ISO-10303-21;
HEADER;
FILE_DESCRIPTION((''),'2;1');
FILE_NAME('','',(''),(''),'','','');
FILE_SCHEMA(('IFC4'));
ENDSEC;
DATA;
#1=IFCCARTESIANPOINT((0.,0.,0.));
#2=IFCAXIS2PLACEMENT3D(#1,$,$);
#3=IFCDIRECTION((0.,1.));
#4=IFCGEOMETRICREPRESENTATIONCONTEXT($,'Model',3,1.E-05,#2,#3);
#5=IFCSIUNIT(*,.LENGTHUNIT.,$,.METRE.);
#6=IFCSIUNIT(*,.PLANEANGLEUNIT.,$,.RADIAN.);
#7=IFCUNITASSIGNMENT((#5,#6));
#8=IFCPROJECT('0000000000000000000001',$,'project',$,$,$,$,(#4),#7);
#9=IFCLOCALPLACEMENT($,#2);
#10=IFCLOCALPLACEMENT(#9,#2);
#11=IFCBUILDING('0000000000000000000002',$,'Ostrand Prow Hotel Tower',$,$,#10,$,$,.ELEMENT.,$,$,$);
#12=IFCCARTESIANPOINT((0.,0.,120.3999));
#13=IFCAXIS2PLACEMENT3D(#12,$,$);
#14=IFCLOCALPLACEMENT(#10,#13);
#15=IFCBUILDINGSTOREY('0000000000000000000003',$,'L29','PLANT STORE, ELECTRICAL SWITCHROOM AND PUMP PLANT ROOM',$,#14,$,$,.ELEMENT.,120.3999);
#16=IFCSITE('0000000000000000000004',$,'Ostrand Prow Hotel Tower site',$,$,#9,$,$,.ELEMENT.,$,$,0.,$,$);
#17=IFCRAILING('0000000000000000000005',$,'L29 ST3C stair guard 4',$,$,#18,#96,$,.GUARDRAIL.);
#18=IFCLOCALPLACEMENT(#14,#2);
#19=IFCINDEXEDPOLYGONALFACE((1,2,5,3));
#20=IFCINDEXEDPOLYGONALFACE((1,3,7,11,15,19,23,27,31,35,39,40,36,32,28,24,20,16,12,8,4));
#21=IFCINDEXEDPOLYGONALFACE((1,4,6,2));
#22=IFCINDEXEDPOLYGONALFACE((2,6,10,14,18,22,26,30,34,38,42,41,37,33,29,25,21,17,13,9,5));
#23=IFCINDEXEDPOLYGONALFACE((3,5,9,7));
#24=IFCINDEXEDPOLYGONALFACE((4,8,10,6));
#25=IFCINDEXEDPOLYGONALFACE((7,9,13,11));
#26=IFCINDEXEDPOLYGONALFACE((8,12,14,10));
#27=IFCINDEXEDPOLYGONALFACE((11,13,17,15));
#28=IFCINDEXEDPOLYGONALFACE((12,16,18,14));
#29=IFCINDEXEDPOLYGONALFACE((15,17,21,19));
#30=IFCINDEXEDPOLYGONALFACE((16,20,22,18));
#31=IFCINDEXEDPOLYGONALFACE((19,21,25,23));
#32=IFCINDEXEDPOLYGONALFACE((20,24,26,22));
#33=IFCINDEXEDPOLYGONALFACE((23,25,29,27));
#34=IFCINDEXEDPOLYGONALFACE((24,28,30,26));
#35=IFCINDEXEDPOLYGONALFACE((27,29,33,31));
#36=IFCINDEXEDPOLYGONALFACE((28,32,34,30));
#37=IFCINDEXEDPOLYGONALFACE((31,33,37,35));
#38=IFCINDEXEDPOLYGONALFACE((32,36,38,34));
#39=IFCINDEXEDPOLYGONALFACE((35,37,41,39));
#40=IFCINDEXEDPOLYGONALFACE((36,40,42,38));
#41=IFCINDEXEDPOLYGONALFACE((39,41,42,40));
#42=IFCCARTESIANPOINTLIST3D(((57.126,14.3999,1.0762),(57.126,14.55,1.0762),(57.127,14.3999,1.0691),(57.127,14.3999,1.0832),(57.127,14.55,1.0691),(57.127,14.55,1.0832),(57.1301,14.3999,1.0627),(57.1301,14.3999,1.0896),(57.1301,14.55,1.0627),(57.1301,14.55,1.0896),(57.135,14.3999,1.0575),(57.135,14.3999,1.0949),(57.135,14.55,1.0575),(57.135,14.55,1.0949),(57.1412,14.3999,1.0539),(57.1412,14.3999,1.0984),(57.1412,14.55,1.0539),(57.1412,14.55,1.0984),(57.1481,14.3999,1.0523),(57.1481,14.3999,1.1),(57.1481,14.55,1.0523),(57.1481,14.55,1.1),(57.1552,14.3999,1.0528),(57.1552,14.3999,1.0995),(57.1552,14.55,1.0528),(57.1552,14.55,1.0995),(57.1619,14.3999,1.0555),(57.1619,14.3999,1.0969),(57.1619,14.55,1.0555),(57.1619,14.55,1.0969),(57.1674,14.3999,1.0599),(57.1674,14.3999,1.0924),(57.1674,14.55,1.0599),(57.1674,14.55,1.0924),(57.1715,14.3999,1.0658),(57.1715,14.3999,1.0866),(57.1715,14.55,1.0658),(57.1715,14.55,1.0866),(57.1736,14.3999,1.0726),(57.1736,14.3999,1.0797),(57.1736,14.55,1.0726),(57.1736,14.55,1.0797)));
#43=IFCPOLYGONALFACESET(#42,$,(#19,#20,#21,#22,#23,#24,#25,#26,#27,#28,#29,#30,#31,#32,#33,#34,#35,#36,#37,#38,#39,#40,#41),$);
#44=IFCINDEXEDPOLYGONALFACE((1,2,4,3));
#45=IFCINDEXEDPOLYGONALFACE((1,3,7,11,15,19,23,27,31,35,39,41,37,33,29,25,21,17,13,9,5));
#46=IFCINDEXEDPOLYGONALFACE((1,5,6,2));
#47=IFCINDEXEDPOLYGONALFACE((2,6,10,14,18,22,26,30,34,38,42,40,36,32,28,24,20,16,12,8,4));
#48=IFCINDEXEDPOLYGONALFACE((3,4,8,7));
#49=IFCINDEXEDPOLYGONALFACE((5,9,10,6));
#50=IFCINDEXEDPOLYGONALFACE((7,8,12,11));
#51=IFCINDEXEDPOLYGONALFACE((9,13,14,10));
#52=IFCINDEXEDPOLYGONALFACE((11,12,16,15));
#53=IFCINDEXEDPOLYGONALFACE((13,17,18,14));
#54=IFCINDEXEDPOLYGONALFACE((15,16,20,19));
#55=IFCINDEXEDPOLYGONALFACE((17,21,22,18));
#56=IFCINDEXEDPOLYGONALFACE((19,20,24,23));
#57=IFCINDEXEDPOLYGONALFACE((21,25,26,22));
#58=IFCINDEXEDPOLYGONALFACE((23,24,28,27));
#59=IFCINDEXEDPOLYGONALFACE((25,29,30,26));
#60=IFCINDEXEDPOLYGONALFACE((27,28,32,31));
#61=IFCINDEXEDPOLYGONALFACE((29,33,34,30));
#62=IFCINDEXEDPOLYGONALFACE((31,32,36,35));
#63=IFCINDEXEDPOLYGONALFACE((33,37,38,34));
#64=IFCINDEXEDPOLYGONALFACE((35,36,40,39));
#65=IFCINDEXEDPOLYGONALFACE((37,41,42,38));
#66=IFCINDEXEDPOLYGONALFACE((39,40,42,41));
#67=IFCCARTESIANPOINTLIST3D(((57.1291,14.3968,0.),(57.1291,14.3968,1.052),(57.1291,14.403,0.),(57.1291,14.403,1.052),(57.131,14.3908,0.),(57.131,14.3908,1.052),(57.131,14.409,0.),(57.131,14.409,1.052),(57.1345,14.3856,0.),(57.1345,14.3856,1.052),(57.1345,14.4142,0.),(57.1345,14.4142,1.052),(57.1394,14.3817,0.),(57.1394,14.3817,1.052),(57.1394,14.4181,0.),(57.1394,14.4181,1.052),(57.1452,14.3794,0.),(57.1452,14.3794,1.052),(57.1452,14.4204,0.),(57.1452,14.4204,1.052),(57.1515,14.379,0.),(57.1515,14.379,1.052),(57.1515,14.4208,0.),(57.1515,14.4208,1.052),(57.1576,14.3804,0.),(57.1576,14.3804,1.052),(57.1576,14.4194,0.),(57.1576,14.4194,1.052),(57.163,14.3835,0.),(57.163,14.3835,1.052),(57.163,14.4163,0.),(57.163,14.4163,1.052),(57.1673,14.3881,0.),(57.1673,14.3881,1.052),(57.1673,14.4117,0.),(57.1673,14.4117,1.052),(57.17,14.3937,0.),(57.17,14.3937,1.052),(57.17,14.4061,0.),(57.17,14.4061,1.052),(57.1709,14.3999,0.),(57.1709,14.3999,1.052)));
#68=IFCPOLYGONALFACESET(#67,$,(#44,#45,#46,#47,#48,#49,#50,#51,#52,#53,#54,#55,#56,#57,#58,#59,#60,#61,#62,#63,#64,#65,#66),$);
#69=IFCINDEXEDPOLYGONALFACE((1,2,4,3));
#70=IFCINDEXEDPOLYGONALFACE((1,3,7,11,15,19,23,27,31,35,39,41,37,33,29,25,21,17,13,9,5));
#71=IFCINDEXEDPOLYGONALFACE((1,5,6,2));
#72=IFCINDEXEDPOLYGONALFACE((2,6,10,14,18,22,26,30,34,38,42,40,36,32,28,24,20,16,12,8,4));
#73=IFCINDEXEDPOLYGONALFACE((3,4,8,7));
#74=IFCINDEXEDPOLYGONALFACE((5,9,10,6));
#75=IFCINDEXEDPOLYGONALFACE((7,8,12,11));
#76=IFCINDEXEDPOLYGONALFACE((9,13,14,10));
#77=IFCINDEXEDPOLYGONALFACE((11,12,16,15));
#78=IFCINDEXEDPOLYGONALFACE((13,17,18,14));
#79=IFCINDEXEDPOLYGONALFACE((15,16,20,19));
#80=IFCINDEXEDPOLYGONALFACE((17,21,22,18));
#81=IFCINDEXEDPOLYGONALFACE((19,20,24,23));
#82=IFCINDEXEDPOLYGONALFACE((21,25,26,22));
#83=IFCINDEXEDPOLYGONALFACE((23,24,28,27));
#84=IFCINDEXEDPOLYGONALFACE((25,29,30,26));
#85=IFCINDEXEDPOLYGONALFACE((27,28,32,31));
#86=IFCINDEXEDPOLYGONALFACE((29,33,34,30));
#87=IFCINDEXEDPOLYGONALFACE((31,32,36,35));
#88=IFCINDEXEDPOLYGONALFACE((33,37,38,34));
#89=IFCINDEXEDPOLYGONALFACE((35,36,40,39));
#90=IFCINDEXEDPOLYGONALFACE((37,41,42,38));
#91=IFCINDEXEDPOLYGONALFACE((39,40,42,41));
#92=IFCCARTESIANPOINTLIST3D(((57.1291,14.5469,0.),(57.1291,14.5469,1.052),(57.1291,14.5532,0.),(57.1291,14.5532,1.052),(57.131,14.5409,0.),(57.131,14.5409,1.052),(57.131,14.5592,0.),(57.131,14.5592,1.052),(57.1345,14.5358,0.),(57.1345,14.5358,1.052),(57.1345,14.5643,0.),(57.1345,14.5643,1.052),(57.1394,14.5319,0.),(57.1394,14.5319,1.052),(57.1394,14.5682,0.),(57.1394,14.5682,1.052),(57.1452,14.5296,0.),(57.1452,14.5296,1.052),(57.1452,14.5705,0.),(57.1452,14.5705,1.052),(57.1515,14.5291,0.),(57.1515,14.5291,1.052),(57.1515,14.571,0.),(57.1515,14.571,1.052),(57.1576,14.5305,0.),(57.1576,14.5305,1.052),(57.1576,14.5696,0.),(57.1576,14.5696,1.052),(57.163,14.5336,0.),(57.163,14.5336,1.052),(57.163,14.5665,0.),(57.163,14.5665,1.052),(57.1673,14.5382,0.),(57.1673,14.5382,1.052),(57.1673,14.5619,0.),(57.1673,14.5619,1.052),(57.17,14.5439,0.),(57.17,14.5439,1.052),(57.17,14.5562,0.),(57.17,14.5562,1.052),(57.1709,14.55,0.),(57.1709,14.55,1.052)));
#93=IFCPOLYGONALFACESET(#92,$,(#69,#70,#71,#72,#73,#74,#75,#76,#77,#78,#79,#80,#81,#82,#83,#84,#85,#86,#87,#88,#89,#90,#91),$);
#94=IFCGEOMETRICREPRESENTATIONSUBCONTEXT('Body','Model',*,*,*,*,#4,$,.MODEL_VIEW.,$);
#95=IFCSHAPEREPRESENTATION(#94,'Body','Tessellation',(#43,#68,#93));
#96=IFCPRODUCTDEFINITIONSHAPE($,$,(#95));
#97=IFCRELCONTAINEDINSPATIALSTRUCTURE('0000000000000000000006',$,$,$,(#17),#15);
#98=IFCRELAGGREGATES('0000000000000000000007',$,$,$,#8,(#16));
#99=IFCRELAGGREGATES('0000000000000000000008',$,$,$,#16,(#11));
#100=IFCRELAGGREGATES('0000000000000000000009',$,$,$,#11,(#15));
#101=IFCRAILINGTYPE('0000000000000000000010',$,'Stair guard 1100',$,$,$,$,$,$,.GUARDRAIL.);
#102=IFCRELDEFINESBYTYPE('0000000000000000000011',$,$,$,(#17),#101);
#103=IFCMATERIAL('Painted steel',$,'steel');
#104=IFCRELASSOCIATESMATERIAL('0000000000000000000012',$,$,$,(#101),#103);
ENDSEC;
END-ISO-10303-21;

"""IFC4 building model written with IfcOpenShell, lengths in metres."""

from ifc_helpers import new_model, si_unit, direction, frame, origin, origin_2d, place, context, subcontext, project, spatial, circle, extrude, material, type_object, element, save


model = new_model("IFC4")

# Units and contexts
model_context = context("Model", 3, precision=1e-05, world=origin(), true_north=direction((0.0, 1.0)))
body_context = subcontext(model_context, "Body", "Model", "MODEL_VIEW")
ifc_project = project(units=[si_unit("LENGTHUNIT", "METRE"), si_unit("PLANEANGLEUNIT", "RADIAN")], contexts=[model_context])

# Site, building, storey
site_placement = place(None, origin())
site = spatial("IfcSite", under=ifc_project, at=site_placement, Name="Ostrand Prow Hotel Tower site", CompositionType="ELEMENT", RefElevation=0.0)
building_placement = place(site_placement, origin())
building = spatial("IfcBuilding", under=site, at=building_placement, Name="Ostrand Prow Hotel Tower", CompositionType="ELEMENT")
storey_placement = place(building_placement, frame((0.0, 0.0, 120.3999)))
storey = spatial("IfcBuildingStorey", under=building, at=storey_placement, Name="L29", Description="PLANT STORE, ELECTRICAL SWITCHROOM AND PUMP PLANT ROOM", CompositionType="ELEMENT", Elevation=120.3999)

# Railing
ifc_material_1 = material(Name="Painted steel", Category="steel")
railing_type_1 = type_object("IfcRailingType", Name="Stair guard 1100", PredefinedType="GUARDRAIL", material=ifc_material_1)
railing_1_placement = place(storey_placement, frame((57.1499, 14.3999, 0.0)))
element("IfcRailing", 1, at=railing_1_placement, inside=storey, type_object=railing_type_1, Name="L29 ST3C stair guard 4", PredefinedType="GUARDRAIL", context=body_context, shape_type="SweptSolid", body=[
    extrude(circle(Radius=0.0239, at=origin_2d()), frame((0.0, 0.0, 1.0762), z_axis=(0.0, 1.0, 0.0), x_axis=(-1.0, 0.0, 0.0)), (0.0, 0.0, 1.0), 0.1501),
    extrude(circle(Radius=0.021, at=origin_2d()), origin(), (0.0, 0.0, 1.0), 1.052),
    extrude(circle(Radius=0.021, at=origin_2d()), frame((0.0, 0.1501, 0.0)), (0.0, 0.0, 1.0), 1.052),
])

save(model, "model.ifc")
